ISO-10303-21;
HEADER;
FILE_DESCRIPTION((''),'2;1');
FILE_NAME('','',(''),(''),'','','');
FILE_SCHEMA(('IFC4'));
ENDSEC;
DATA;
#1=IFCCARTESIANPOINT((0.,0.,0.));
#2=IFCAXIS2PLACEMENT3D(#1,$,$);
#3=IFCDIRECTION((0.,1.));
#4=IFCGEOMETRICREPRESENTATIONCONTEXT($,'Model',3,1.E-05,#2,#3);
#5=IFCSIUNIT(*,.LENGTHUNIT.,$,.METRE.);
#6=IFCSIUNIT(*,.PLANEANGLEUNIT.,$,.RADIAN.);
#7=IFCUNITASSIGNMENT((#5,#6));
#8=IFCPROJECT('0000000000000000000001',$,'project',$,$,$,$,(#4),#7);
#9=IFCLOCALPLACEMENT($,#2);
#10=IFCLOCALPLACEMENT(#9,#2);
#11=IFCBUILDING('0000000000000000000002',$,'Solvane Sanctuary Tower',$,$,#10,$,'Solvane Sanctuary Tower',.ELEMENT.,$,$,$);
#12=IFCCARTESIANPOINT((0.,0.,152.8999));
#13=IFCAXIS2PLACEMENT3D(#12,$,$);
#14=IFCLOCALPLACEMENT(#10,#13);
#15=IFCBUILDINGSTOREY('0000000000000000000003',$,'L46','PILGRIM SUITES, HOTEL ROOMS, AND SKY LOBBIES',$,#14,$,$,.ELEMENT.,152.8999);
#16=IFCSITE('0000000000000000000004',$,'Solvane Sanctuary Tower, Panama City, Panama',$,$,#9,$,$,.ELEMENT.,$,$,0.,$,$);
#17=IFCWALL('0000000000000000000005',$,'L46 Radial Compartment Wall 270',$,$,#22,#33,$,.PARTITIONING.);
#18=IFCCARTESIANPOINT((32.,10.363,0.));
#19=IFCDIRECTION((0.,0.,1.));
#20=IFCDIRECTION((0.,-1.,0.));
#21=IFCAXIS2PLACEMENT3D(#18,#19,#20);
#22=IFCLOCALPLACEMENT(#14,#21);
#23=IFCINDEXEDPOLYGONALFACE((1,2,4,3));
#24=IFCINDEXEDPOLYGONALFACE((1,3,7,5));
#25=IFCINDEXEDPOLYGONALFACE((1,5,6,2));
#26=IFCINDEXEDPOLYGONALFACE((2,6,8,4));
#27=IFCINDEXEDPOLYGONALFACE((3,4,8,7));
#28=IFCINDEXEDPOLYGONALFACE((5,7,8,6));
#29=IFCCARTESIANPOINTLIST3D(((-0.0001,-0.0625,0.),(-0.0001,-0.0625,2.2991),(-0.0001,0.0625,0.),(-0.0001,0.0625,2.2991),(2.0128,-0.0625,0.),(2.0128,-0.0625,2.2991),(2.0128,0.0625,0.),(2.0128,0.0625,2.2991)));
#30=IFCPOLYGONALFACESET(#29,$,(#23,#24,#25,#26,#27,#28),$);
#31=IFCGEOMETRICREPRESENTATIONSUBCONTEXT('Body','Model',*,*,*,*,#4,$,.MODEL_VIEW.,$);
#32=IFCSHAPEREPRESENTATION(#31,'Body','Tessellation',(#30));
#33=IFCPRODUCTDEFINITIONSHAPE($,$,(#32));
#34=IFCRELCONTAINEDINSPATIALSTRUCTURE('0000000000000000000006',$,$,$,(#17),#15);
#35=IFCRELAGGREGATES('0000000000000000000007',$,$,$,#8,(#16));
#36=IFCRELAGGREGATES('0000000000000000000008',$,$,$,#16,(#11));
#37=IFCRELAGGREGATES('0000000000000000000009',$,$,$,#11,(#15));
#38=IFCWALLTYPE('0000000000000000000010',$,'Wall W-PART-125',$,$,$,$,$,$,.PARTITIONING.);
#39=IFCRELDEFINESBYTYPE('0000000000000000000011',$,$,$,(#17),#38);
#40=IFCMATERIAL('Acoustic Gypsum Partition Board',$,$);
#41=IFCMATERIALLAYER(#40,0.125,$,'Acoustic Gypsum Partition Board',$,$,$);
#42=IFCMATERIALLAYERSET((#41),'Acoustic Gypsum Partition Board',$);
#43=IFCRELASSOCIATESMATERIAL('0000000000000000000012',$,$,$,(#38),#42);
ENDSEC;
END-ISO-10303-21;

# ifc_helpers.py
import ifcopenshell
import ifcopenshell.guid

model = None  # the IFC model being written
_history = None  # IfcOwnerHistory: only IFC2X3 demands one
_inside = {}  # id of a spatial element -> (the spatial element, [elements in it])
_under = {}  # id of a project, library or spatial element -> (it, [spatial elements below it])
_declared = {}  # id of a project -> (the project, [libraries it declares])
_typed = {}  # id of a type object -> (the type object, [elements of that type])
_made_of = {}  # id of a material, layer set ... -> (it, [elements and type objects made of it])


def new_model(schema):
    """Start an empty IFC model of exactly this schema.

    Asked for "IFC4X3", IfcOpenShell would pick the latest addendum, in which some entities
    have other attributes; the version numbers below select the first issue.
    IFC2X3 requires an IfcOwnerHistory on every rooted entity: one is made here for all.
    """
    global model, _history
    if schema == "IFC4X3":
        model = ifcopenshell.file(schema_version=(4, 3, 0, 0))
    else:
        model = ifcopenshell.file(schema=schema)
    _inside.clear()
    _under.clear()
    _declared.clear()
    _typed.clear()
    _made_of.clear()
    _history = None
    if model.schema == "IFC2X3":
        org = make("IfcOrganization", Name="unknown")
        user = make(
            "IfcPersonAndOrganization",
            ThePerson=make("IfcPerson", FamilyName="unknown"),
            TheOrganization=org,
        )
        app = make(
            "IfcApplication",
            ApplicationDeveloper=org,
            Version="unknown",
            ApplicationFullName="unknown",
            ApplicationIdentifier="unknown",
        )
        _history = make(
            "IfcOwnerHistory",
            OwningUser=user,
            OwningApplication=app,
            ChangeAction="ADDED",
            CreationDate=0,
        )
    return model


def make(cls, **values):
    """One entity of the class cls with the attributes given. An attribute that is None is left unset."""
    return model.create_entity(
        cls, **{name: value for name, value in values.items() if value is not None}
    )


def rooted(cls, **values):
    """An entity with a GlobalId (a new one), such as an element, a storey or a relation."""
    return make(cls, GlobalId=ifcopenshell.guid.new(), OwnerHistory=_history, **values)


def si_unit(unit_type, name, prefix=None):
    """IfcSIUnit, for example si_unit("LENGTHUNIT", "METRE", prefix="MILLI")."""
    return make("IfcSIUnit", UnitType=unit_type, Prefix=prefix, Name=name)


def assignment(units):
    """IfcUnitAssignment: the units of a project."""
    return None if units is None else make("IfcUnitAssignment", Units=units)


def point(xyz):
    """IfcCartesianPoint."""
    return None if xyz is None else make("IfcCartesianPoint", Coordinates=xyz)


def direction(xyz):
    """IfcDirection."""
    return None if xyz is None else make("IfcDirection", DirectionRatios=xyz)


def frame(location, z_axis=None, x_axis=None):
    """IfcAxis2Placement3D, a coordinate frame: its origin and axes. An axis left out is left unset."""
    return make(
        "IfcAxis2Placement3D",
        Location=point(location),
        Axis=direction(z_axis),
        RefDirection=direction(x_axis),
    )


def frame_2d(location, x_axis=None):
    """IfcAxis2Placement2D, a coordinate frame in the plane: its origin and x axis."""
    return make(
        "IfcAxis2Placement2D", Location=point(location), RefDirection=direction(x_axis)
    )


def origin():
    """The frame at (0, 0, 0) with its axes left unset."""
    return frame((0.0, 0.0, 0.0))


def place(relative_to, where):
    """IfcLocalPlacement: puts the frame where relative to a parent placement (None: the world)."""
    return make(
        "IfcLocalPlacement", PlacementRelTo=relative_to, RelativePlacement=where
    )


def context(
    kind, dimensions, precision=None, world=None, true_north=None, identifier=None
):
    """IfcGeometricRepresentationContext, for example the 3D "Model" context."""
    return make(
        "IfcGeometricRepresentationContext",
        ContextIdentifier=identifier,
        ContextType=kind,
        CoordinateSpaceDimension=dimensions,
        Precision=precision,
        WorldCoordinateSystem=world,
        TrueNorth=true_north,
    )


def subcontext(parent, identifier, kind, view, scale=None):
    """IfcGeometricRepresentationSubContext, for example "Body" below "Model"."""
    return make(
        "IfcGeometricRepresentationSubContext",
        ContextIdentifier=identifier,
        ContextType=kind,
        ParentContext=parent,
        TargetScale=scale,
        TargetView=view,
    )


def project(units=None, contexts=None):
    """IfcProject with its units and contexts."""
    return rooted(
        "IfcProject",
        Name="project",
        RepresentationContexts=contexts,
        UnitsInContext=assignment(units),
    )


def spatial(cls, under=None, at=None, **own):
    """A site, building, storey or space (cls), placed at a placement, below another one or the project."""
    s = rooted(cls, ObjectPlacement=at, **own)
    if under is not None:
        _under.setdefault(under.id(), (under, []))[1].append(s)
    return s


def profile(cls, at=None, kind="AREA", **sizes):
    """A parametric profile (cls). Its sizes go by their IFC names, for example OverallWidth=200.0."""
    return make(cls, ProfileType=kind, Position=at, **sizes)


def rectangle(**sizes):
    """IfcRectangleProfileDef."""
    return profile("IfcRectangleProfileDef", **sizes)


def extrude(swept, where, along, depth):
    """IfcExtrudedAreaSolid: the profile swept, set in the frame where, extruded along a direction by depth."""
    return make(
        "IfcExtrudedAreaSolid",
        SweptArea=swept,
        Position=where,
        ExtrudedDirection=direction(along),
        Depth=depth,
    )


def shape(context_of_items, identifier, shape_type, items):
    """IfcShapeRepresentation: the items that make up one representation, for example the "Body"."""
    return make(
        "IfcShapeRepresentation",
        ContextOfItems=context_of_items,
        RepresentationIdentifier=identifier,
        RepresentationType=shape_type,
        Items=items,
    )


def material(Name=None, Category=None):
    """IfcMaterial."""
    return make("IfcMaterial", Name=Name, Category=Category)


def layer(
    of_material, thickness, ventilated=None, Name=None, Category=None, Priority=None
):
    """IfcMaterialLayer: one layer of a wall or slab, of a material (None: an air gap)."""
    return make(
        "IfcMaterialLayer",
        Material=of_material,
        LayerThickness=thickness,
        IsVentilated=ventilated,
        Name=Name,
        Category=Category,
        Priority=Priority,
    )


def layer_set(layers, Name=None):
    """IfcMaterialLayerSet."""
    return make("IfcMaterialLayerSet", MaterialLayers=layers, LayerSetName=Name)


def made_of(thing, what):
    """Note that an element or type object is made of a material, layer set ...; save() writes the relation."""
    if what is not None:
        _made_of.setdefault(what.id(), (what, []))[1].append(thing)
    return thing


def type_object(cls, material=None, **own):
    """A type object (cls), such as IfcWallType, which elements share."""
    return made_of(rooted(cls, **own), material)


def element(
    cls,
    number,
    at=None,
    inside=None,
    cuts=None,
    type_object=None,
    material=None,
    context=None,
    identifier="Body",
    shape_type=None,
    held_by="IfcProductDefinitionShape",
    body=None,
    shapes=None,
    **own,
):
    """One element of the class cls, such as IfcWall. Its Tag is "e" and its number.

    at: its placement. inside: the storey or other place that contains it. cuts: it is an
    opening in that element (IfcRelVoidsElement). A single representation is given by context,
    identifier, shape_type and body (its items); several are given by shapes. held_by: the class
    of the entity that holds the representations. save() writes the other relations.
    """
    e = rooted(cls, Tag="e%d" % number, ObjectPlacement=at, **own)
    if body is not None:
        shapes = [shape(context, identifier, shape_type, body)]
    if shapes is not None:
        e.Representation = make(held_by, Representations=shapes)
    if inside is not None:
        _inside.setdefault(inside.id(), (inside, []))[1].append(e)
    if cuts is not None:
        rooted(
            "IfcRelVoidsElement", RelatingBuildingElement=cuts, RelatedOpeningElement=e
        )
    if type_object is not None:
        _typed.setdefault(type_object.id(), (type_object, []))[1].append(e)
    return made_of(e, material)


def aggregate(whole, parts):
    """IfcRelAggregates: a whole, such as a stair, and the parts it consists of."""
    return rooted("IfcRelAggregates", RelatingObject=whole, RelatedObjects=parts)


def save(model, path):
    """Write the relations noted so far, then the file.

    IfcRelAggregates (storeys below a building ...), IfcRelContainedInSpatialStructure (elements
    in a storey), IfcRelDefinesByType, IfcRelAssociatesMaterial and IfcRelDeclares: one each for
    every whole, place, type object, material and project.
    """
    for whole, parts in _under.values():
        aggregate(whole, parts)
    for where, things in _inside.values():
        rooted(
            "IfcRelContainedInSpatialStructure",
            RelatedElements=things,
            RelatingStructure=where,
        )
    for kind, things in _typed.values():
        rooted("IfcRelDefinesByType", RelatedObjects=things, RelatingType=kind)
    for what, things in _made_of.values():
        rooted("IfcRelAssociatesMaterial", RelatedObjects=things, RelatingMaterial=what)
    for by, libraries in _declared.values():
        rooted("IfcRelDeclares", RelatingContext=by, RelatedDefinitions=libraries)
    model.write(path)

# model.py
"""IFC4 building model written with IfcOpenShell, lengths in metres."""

from ifc_helpers import new_model, si_unit, direction, frame, frame_2d, origin, place, context, subcontext, project, spatial, rectangle, extrude, material, layer, layer_set, type_object, element, save


model = new_model("IFC4")

# Units and contexts
model_context = context("Model", 3, precision=1e-05, world=origin(), true_north=direction((0.0, 1.0)))
body_context = subcontext(model_context, "Body", "Model", "MODEL_VIEW")
ifc_project = project(units=[si_unit("LENGTHUNIT", "METRE"), si_unit("PLANEANGLEUNIT", "RADIAN")], contexts=[model_context])

# Site, building, storey
site_placement = place(None, origin())
site = spatial("IfcSite", under=ifc_project, at=site_placement, Name="Solvane Sanctuary Tower, Panama City, Panama", CompositionType="ELEMENT", RefElevation=0.0)
building_placement = place(site_placement, origin())
building = spatial("IfcBuilding", under=site, at=building_placement, Name="Solvane Sanctuary Tower", LongName="Solvane Sanctuary Tower", CompositionType="ELEMENT")
storey_placement = place(building_placement, frame((0.0, 0.0, 152.8999)))
storey = spatial("IfcBuildingStorey", under=building, at=storey_placement, Name="L46", Description="PILGRIM SUITES, HOTEL ROOMS, AND SKY LOBBIES", CompositionType="ELEMENT", Elevation=152.8999)

# Shared definitions
ifc_material_1 = material(Name="Acoustic Gypsum Partition Board")

# Wall
ifc_layer_1 = layer(ifc_material_1, 0.125, Name="Acoustic Gypsum Partition Board")
ifc_layer_set_1 = layer_set([ifc_layer_1], Name="Acoustic Gypsum Partition Board")
wall_type_1 = type_object("IfcWallType", Name="Wall W-PART-125", PredefinedType="PARTITIONING", material=ifc_layer_set_1)
wall_1_placement = place(storey_placement, frame((32.0, 10.363, 0.0), z_axis=(0.0, 0.0, 1.0), x_axis=(0.0, -1.0, 0.0)))
element("IfcWall", 1, at=wall_1_placement, inside=storey, type_object=wall_type_1, Name="L46 Radial Compartment Wall 270", PredefinedType="PARTITIONING", context=body_context, shape_type="SweptSolid", body=[
    extrude(rectangle(XDim=2.0129, YDim=0.125, at=frame_2d((1.0063, 0.0))), origin(), (0.0, 0.0, 1.0), 2.2991),
])

save(model, "model.ifc")
